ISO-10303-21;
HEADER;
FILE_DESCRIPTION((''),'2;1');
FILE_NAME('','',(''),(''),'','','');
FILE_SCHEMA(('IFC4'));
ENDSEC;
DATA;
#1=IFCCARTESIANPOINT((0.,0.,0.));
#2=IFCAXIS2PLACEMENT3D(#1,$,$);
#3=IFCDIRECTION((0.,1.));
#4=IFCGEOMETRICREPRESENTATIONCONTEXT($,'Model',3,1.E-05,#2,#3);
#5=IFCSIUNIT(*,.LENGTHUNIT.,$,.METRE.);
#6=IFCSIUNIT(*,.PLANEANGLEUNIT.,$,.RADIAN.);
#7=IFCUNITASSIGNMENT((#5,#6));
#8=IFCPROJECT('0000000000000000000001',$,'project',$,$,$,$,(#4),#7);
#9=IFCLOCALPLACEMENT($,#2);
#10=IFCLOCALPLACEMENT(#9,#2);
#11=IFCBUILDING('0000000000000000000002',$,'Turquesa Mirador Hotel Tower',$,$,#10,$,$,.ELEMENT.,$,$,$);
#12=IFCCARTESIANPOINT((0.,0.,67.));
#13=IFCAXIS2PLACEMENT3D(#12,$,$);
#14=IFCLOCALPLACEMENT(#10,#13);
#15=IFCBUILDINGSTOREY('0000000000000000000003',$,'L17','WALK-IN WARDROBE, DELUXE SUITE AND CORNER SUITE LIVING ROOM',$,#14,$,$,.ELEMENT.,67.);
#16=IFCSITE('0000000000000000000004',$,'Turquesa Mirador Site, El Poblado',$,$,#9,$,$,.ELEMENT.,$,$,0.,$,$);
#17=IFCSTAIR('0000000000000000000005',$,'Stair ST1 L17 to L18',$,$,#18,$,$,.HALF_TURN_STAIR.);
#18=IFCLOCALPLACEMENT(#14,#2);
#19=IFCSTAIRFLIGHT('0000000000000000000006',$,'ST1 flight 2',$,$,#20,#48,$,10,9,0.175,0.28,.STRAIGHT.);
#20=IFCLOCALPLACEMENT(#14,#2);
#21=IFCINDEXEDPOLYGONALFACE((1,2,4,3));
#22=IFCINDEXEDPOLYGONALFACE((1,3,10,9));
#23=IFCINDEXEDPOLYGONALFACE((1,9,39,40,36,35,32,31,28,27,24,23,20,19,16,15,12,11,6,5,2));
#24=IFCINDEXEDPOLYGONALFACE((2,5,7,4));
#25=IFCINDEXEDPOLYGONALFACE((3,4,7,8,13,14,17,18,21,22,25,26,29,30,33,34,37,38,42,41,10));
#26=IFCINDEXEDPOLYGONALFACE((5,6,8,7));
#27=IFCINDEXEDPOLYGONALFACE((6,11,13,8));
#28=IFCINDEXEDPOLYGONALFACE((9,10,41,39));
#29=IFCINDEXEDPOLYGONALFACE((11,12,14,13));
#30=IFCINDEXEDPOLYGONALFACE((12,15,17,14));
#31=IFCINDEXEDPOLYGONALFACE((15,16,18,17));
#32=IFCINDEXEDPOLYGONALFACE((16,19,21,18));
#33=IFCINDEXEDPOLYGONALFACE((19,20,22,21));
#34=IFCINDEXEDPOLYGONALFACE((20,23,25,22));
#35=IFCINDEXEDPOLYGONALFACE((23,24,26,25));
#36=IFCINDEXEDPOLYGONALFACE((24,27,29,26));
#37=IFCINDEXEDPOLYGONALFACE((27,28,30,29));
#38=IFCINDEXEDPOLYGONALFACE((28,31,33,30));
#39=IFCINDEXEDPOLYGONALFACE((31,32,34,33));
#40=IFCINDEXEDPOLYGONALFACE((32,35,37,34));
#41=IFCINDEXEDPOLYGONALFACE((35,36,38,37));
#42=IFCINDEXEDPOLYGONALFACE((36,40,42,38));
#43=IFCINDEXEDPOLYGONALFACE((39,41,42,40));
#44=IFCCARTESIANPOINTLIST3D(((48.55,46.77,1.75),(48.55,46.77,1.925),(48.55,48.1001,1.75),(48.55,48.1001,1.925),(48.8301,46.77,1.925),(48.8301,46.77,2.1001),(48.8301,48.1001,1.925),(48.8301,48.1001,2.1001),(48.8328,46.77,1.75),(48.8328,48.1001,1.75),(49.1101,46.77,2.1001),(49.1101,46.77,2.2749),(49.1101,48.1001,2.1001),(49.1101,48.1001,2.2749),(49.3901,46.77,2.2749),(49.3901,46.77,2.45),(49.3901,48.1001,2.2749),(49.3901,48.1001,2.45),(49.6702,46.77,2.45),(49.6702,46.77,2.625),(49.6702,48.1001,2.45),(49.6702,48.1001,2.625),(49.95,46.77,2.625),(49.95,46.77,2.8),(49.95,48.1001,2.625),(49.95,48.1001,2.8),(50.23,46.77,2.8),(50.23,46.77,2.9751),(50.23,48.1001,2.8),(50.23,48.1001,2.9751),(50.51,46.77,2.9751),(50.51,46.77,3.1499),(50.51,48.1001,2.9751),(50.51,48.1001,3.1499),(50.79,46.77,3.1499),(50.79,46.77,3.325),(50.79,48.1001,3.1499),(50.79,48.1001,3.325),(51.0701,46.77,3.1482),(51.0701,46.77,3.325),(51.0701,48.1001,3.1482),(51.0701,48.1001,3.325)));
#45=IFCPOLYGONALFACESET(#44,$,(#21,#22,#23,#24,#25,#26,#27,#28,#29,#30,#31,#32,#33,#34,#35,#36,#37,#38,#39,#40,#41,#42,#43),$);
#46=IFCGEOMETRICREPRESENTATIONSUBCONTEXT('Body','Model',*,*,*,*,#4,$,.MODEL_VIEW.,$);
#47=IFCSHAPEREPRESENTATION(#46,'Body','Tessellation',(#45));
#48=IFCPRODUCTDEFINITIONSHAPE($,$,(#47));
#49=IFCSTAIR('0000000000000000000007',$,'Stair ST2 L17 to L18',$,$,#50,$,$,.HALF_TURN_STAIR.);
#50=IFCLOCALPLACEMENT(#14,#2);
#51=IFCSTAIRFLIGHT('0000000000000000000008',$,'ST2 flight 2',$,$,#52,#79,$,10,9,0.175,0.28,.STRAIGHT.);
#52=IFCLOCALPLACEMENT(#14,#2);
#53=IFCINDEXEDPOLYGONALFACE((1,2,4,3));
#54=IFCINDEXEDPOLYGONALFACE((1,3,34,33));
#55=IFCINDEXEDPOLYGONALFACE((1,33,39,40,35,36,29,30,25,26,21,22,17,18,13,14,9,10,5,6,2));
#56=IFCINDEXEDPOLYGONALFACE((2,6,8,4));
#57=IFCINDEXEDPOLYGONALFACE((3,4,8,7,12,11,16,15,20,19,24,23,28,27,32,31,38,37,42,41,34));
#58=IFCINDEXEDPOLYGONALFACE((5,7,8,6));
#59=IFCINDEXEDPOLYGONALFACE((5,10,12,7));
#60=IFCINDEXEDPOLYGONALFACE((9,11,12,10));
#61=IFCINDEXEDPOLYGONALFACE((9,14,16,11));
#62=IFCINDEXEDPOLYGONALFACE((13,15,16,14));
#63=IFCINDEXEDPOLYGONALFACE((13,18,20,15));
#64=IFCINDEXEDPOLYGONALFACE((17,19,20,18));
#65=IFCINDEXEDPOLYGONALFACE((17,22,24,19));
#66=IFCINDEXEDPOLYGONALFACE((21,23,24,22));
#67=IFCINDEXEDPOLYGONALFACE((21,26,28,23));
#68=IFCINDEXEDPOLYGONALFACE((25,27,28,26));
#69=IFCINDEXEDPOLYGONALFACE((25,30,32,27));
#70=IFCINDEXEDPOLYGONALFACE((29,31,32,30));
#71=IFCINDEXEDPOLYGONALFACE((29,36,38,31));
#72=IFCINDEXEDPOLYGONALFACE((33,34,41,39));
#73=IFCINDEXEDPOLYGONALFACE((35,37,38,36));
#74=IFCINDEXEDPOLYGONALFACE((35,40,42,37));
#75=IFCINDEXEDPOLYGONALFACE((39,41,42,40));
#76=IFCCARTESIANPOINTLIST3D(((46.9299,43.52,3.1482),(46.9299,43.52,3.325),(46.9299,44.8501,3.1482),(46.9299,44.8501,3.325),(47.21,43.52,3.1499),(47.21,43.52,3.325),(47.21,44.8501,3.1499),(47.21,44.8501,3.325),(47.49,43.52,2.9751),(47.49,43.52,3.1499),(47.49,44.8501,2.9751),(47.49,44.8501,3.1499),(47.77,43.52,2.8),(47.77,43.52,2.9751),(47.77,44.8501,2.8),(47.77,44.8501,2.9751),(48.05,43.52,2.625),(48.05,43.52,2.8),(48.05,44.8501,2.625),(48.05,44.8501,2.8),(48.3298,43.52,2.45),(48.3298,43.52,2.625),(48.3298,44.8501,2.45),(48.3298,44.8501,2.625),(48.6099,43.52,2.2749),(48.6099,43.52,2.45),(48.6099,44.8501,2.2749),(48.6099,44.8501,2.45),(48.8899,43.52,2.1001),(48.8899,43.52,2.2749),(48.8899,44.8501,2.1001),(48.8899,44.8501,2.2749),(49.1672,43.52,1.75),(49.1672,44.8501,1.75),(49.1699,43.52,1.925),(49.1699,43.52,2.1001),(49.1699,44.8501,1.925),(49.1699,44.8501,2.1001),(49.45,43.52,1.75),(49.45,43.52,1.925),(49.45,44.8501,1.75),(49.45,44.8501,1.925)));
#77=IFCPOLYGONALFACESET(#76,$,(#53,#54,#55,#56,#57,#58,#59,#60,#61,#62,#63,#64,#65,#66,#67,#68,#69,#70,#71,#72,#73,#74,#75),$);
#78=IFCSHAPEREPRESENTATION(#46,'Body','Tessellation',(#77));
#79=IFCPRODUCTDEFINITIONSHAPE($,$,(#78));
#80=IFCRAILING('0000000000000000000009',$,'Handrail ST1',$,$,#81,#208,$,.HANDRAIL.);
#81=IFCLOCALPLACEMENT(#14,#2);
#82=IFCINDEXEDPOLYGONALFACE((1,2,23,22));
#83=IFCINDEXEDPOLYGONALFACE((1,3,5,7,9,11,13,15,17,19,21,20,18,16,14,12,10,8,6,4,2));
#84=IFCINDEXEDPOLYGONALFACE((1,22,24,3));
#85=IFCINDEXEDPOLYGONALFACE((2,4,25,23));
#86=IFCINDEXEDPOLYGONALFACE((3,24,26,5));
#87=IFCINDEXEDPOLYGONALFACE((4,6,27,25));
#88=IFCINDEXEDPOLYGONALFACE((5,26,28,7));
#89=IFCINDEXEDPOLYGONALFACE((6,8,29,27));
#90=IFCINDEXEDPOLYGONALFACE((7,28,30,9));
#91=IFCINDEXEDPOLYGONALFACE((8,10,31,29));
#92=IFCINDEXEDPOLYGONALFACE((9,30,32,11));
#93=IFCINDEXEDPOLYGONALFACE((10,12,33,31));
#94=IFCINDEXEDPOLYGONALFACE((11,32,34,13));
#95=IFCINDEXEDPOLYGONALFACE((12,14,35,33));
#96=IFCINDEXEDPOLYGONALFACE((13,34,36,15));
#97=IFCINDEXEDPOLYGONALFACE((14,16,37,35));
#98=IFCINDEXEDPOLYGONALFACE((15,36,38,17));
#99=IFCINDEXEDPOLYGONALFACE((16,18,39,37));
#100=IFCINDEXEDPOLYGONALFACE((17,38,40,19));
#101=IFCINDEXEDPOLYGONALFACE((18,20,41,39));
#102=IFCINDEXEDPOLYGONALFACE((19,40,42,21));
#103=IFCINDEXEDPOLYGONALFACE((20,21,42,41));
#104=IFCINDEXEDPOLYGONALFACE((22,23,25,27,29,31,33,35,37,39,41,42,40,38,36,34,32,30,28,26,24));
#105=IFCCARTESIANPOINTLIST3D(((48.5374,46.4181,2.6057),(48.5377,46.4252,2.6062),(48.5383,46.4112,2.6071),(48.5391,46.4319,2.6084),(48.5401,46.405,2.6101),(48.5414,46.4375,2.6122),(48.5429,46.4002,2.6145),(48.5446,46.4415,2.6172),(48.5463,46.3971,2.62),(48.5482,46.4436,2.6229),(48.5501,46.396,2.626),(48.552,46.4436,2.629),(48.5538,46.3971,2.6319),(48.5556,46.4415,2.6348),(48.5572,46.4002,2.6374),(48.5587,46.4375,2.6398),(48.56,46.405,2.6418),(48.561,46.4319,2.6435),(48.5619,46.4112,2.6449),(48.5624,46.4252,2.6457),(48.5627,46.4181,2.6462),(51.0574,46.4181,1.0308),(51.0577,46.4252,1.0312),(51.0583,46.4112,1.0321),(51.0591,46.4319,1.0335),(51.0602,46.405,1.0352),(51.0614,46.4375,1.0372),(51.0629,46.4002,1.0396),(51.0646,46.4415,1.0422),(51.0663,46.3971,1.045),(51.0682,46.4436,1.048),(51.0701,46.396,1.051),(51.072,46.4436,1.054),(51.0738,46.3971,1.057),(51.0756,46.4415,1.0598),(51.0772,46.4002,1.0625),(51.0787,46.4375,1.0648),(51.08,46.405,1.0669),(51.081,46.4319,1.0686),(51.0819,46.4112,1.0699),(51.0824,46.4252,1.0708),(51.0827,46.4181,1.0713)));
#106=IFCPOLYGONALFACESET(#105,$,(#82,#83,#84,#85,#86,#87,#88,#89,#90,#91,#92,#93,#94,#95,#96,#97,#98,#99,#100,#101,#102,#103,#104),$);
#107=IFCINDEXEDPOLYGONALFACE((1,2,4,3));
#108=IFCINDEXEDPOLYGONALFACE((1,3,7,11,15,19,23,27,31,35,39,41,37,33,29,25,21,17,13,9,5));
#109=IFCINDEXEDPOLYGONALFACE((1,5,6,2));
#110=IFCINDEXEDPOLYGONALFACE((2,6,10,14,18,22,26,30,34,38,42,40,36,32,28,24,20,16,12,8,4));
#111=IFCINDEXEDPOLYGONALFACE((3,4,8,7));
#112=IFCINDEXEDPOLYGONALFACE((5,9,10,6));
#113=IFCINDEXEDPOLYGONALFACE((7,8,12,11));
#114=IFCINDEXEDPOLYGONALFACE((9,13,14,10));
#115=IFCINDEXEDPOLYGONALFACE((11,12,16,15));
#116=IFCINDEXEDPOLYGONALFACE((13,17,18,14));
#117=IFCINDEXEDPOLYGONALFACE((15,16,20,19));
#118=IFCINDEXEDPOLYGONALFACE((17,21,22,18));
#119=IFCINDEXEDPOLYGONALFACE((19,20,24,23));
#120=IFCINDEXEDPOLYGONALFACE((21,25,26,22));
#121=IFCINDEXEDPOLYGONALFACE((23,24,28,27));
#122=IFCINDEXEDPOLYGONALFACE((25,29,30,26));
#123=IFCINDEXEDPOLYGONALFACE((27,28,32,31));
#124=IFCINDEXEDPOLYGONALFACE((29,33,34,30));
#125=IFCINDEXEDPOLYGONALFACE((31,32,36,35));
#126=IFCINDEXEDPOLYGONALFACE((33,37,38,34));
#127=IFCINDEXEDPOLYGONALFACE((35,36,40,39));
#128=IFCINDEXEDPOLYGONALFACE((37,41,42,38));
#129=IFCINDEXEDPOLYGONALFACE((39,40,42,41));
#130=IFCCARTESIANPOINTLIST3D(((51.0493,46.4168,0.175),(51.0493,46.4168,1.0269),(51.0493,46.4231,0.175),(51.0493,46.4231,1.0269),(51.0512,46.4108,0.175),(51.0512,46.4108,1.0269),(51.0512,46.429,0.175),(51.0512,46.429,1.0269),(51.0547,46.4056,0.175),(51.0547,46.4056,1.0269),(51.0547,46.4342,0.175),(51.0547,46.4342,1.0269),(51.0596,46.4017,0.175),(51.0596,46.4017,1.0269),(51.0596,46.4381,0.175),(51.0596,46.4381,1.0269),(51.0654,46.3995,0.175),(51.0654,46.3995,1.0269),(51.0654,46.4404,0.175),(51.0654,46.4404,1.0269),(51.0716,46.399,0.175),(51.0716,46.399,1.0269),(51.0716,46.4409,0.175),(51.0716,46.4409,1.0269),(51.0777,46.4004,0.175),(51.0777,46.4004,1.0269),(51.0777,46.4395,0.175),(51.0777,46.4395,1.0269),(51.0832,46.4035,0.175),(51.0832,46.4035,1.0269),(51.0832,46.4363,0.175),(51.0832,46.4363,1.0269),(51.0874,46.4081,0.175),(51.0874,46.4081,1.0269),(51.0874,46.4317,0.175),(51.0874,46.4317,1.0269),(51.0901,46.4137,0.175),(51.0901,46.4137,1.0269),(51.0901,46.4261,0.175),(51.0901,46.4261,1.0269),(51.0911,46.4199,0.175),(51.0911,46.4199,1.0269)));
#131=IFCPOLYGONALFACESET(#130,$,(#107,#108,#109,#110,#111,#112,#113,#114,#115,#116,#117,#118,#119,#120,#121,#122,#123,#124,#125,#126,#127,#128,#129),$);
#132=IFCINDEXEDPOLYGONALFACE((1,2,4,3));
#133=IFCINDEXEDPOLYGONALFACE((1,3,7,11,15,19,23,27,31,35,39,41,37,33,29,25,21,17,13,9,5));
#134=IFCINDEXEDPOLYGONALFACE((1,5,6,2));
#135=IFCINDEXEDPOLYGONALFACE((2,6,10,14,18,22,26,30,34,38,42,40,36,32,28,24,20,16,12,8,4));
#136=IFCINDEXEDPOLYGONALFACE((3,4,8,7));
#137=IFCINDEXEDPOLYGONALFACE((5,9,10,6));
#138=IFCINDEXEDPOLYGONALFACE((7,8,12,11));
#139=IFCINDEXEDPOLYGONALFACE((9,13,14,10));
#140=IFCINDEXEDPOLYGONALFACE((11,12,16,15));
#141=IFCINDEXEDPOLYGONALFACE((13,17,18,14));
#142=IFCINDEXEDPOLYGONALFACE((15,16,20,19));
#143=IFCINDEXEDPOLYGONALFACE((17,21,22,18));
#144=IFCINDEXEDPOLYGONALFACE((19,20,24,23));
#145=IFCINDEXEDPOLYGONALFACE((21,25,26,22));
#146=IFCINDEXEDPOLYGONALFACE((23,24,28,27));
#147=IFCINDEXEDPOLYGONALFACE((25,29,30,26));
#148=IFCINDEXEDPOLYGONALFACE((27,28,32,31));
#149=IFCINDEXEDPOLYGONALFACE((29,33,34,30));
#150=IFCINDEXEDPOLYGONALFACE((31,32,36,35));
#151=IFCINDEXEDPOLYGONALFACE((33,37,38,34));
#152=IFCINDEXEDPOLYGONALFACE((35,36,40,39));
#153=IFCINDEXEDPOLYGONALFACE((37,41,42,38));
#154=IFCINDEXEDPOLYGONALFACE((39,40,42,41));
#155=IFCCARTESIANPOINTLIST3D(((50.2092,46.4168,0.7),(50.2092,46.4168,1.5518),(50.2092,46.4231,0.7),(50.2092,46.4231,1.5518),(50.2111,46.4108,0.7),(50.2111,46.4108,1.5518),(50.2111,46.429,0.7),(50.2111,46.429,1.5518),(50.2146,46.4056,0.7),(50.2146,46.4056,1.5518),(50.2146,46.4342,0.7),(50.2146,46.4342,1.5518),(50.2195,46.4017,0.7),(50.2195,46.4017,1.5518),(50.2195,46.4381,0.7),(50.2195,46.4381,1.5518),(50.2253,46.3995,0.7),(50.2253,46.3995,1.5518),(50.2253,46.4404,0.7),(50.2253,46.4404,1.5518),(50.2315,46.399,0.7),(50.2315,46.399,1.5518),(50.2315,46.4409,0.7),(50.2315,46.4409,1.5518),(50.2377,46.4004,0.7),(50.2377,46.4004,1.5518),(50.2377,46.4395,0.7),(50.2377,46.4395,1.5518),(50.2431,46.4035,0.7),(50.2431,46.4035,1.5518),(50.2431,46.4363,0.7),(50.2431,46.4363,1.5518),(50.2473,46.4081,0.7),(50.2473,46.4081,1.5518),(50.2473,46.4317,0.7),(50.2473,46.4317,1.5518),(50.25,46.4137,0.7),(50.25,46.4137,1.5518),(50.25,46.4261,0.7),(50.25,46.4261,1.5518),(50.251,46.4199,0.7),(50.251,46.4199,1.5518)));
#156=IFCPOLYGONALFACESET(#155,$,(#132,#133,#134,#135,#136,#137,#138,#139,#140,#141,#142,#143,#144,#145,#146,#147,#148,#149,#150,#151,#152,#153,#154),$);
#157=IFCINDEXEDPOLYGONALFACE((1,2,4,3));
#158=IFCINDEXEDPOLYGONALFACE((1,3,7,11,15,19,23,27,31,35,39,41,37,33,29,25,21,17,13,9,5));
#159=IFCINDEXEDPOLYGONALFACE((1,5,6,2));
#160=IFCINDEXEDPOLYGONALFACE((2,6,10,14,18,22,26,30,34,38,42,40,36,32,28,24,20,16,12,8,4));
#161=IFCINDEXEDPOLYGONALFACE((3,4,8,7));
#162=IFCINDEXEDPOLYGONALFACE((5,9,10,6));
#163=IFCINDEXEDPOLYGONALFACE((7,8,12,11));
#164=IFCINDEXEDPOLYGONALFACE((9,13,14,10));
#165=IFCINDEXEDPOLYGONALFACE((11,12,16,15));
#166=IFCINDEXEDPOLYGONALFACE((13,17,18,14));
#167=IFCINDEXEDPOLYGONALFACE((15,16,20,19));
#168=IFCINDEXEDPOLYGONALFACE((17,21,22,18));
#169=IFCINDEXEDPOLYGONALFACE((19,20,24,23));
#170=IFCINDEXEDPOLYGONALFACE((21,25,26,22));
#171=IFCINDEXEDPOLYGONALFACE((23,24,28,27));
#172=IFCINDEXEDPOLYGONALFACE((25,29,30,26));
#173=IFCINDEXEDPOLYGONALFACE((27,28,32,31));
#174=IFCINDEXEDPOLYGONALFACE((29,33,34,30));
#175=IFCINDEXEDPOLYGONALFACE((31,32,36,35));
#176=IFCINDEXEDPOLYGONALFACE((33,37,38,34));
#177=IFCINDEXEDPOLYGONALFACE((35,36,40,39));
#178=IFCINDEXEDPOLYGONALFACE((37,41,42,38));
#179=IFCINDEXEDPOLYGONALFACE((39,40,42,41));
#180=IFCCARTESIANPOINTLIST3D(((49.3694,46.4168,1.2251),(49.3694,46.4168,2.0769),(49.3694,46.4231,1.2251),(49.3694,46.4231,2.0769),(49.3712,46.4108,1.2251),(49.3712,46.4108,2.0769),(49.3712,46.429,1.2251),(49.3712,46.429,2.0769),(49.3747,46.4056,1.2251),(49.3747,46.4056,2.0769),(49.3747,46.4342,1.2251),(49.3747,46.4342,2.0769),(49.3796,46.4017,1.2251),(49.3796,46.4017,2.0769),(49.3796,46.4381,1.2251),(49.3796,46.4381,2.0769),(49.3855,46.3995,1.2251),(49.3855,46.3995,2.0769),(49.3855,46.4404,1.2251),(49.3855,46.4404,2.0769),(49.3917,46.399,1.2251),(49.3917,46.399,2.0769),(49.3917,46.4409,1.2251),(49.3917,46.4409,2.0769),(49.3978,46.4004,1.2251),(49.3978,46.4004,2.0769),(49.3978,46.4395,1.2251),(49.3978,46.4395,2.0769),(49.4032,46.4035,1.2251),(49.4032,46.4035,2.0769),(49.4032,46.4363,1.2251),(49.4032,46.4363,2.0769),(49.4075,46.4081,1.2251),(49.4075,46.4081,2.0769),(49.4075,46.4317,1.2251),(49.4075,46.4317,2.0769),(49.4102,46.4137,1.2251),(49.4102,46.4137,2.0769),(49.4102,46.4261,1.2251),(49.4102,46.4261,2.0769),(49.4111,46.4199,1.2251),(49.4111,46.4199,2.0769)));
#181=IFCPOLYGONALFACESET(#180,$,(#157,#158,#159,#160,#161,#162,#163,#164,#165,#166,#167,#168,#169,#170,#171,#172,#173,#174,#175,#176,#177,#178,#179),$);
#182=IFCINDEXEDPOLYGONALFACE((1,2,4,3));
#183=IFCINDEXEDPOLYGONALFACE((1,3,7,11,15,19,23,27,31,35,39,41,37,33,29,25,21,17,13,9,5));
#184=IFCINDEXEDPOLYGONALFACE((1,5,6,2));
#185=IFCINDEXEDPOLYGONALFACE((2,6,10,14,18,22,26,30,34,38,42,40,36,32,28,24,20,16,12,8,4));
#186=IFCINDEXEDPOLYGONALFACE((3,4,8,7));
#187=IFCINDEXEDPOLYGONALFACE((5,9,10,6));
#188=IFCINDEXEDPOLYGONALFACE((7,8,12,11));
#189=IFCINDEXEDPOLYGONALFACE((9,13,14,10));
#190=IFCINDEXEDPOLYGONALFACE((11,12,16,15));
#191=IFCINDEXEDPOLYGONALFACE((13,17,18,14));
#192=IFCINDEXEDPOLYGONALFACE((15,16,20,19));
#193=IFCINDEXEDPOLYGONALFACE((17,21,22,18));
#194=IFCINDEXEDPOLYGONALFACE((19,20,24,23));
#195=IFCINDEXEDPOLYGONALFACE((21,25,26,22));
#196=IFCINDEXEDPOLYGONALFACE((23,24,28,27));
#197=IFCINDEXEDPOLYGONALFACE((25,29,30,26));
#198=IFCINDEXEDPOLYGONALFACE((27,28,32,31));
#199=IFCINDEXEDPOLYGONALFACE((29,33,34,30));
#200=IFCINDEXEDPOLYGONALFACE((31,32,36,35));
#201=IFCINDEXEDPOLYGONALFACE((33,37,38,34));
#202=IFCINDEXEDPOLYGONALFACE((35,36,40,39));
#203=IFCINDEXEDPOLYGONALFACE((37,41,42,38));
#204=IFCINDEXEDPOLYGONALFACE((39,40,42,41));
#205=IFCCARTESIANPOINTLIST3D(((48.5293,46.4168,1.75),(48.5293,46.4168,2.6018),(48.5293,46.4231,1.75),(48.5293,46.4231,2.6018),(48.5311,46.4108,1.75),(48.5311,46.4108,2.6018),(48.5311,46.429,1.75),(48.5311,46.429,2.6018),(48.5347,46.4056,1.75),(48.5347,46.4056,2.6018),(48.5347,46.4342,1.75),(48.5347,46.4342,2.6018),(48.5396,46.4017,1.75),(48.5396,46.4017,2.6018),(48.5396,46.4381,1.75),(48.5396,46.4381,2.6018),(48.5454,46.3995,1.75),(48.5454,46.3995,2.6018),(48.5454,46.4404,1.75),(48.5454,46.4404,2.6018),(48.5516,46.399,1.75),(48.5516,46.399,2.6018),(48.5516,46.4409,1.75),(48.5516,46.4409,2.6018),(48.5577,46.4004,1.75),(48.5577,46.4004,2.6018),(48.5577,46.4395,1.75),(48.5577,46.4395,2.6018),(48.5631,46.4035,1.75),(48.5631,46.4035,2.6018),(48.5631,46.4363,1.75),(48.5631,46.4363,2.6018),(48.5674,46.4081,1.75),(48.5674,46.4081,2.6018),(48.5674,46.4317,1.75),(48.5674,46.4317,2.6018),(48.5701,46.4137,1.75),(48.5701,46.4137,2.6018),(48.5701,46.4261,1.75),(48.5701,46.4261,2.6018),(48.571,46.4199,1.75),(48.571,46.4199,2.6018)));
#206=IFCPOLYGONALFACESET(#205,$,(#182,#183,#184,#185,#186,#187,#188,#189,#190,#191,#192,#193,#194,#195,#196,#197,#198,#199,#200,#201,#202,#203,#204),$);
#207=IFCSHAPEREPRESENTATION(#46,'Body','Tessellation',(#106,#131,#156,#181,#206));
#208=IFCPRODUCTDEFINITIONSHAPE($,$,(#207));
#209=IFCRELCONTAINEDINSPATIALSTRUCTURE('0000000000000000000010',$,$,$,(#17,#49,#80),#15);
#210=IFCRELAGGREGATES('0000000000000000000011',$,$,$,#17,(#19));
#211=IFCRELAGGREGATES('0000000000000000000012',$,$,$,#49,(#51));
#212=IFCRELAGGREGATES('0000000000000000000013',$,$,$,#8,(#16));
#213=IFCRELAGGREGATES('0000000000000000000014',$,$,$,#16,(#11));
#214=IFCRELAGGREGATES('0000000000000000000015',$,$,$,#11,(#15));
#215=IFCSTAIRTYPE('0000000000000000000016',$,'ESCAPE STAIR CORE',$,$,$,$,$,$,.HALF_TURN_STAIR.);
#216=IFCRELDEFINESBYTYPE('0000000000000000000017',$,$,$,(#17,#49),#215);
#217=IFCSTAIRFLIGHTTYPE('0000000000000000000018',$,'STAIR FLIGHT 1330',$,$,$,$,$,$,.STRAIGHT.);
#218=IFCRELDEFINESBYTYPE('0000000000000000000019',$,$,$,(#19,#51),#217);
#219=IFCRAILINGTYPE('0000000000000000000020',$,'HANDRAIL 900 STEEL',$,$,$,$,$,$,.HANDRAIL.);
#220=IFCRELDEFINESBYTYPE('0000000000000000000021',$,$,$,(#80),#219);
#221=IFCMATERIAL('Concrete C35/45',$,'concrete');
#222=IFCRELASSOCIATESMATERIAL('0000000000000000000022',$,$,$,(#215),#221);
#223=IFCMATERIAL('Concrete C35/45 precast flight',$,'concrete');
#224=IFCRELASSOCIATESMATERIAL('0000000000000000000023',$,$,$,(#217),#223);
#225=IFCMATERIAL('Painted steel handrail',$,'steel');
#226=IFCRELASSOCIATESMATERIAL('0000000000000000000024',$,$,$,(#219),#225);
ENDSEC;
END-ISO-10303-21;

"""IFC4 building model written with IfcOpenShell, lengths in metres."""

from ifc_helpers import new_model, si_unit, direction, frame, origin, origin_2d, place, context, subcontext, project, spatial, polyline, circle, outline, extrude, material, type_object, element, aggregate, save


model = new_model("IFC4")

# Units and contexts
model_context = context("Model", 3, precision=1e-05, world=origin(), true_north=direction((0.0, 1.0)))
body_context = subcontext(model_context, "Body", "Model", "MODEL_VIEW")
ifc_project = project(units=[si_unit("LENGTHUNIT", "METRE"), si_unit("PLANEANGLEUNIT", "RADIAN")], contexts=[model_context])

# Site, building, storey
site_placement = place(None, origin())
site = spatial("IfcSite", under=ifc_project, at=site_placement, Name="Turquesa Mirador Site, El Poblado", CompositionType="ELEMENT", RefElevation=0.0)
building_placement = place(site_placement, origin())
building = spatial("IfcBuilding", under=site, at=building_placement, Name="Turquesa Mirador Hotel Tower", CompositionType="ELEMENT")
storey_placement = place(building_placement, frame((0.0, 0.0, 67.0)))
storey = spatial("IfcBuildingStorey", under=building, at=storey_placement, Name="L17", Description="WALK-IN WARDROBE, DELUXE SUITE AND CORNER SUITE LIVING ROOM", CompositionType="ELEMENT", Elevation=67.0)

# Stair, stair flight
ifc_material_1 = material(Name="Concrete C35/45", Category="concrete")
stair_type = type_object("IfcStairType", Name="ESCAPE STAIR CORE", PredefinedType="HALF_TURN_STAIR", material=ifc_material_1)
stair_1_placement = place(storey_placement, origin())
stair_1 = element("IfcStair", 1, at=stair_1_placement, inside=storey, type_object=stair_type, Name="Stair ST1 L17 to L18", PredefinedType="HALF_TURN_STAIR")
ifc_material_2 = material(Name="Concrete C35/45 precast flight", Category="concrete")
stair_flight_type = type_object("IfcStairFlightType", Name="STAIR FLIGHT 1330", PredefinedType="STRAIGHT", material=ifc_material_2)
stair_flight_1_placement = place(storey_placement, frame((48.55, 47.4351, 1.75), z_axis=(0.0, 0.0, 1.0), x_axis=(1.0, 0.0, 0.0)))
stair_flight_1 = element("IfcStairFlight", 2, at=stair_flight_1_placement, type_object=stair_flight_type, Name="ST1 flight 2", NumberOfRisers=10, NumberOfTreads=9, PredefinedType="STRAIGHT", RiserHeight=0.175, TreadLength=0.28, context=body_context, shape_type="SweptSolid", body=[
    extrude(outline(polyline([(0.0, 0.0), (0.0, 0.175), (0.28, 0.175), (0.28, 0.3501), (0.5601, 0.3501), (0.5601, 0.5249), (0.8401, 0.5249), (0.8401, 0.7), (1.1201, 0.7), (1.1201, 0.875), (1.3999, 0.875), (1.3999, 1.05), (1.6799, 1.05), (1.6799, 1.2251), (1.96, 1.2251), (1.96, 1.3999), (2.24, 1.3999), (2.24, 1.575), (2.52, 1.575), (2.52, 1.75), (2.52, 1.3982), (0.2827, 0.0), (0.0, 0.0)])), frame((0.0, 0.665, 0.0), z_axis=(0.0, -1.0, 0.0), x_axis=(1.0, 0.0, 0.0)), (0.0, 0.0, 1.0), 1.3301),
])
aggregate(stair_1, [stair_flight_1])

# Stair, stair flight
stair_2_placement = place(storey_placement, origin())
stair_2 = element("IfcStair", 3, at=stair_2_placement, inside=storey, type_object=stair_type, Name="Stair ST2 L17 to L18", PredefinedType="HALF_TURN_STAIR")
stair_flight_2_placement = place(storey_placement, frame((49.45, 44.1851, 1.75), z_axis=(0.0, 0.0, 1.0), x_axis=(-1.0, 0.0, 0.0)))
stair_flight_2 = element("IfcStairFlight", 4, at=stair_flight_2_placement, type_object=stair_flight_type, Name="ST2 flight 2", NumberOfRisers=10, NumberOfTreads=9, PredefinedType="STRAIGHT", RiserHeight=0.175, TreadLength=0.28, context=body_context, shape_type="SweptSolid", body=[
    extrude(outline(polyline([(0.0, 0.0), (0.0, 0.175), (0.28, 0.175), (0.28, 0.3501), (0.5601, 0.3501), (0.5601, 0.5249), (0.8401, 0.5249), (0.8401, 0.7), (1.1201, 0.7), (1.1201, 0.875), (1.3999, 0.875), (1.3999, 1.05), (1.6799, 1.05), (1.6799, 1.2251), (1.96, 1.2251), (1.96, 1.3999), (2.24, 1.3999), (2.24, 1.575), (2.52, 1.575), (2.52, 1.75), (2.52, 1.3982), (0.2827, 0.0), (0.0, 0.0)])), frame((0.0, 0.665, 0.0), z_axis=(0.0, -1.0, 0.0), x_axis=(1.0, 0.0, 0.0)), (0.0, 0.0, 1.0), 1.3301),
])
aggregate(stair_2, [stair_flight_2])

# Railing
ifc_material_3 = material(Name="Painted steel handrail", Category="steel")
railing_type = type_object("IfcRailingType", Name="HANDRAIL 900 STEEL", PredefinedType="HANDRAIL", material=ifc_material_3)
railing_1_placement = place(storey_placement, frame((51.0701, 46.4199, 0.175)))
element("IfcRailing", 5, at=railing_1_placement, inside=storey, type_object=railing_type, Name="Handrail ST1", PredefinedType="HANDRAIL", context=body_context, shape_type="SweptSolid", body=[
    extrude(circle(Radius=0.0239, at=origin_2d()), frame((0.0, 0.0, 0.876), z_axis=(-0.848008, 0.0, 0.529984), x_axis=(0.0, -1.0, 0.0)), (0.0, 0.0, 1.0), 2.9717),
    extrude(circle(Radius=0.021, at=origin_2d()), origin(), (0.0, 0.0, 1.0), 0.8518),
    extrude(circle(Radius=0.021, at=origin_2d()), frame((-0.8401, 0.0, 0.5249)), (0.0, 0.0, 1.0), 0.8518),
    extrude(circle(Radius=0.021, at=origin_2d()), frame((-1.6799, 0.0, 1.05)), (0.0, 0.0, 1.0), 0.8518),
    extrude(circle(Radius=0.021, at=origin_2d()), frame((-2.52, 0.0, 1.575)), (0.0, 0.0, 1.0), 0.8518),
])

save(model, "model.ifc")
